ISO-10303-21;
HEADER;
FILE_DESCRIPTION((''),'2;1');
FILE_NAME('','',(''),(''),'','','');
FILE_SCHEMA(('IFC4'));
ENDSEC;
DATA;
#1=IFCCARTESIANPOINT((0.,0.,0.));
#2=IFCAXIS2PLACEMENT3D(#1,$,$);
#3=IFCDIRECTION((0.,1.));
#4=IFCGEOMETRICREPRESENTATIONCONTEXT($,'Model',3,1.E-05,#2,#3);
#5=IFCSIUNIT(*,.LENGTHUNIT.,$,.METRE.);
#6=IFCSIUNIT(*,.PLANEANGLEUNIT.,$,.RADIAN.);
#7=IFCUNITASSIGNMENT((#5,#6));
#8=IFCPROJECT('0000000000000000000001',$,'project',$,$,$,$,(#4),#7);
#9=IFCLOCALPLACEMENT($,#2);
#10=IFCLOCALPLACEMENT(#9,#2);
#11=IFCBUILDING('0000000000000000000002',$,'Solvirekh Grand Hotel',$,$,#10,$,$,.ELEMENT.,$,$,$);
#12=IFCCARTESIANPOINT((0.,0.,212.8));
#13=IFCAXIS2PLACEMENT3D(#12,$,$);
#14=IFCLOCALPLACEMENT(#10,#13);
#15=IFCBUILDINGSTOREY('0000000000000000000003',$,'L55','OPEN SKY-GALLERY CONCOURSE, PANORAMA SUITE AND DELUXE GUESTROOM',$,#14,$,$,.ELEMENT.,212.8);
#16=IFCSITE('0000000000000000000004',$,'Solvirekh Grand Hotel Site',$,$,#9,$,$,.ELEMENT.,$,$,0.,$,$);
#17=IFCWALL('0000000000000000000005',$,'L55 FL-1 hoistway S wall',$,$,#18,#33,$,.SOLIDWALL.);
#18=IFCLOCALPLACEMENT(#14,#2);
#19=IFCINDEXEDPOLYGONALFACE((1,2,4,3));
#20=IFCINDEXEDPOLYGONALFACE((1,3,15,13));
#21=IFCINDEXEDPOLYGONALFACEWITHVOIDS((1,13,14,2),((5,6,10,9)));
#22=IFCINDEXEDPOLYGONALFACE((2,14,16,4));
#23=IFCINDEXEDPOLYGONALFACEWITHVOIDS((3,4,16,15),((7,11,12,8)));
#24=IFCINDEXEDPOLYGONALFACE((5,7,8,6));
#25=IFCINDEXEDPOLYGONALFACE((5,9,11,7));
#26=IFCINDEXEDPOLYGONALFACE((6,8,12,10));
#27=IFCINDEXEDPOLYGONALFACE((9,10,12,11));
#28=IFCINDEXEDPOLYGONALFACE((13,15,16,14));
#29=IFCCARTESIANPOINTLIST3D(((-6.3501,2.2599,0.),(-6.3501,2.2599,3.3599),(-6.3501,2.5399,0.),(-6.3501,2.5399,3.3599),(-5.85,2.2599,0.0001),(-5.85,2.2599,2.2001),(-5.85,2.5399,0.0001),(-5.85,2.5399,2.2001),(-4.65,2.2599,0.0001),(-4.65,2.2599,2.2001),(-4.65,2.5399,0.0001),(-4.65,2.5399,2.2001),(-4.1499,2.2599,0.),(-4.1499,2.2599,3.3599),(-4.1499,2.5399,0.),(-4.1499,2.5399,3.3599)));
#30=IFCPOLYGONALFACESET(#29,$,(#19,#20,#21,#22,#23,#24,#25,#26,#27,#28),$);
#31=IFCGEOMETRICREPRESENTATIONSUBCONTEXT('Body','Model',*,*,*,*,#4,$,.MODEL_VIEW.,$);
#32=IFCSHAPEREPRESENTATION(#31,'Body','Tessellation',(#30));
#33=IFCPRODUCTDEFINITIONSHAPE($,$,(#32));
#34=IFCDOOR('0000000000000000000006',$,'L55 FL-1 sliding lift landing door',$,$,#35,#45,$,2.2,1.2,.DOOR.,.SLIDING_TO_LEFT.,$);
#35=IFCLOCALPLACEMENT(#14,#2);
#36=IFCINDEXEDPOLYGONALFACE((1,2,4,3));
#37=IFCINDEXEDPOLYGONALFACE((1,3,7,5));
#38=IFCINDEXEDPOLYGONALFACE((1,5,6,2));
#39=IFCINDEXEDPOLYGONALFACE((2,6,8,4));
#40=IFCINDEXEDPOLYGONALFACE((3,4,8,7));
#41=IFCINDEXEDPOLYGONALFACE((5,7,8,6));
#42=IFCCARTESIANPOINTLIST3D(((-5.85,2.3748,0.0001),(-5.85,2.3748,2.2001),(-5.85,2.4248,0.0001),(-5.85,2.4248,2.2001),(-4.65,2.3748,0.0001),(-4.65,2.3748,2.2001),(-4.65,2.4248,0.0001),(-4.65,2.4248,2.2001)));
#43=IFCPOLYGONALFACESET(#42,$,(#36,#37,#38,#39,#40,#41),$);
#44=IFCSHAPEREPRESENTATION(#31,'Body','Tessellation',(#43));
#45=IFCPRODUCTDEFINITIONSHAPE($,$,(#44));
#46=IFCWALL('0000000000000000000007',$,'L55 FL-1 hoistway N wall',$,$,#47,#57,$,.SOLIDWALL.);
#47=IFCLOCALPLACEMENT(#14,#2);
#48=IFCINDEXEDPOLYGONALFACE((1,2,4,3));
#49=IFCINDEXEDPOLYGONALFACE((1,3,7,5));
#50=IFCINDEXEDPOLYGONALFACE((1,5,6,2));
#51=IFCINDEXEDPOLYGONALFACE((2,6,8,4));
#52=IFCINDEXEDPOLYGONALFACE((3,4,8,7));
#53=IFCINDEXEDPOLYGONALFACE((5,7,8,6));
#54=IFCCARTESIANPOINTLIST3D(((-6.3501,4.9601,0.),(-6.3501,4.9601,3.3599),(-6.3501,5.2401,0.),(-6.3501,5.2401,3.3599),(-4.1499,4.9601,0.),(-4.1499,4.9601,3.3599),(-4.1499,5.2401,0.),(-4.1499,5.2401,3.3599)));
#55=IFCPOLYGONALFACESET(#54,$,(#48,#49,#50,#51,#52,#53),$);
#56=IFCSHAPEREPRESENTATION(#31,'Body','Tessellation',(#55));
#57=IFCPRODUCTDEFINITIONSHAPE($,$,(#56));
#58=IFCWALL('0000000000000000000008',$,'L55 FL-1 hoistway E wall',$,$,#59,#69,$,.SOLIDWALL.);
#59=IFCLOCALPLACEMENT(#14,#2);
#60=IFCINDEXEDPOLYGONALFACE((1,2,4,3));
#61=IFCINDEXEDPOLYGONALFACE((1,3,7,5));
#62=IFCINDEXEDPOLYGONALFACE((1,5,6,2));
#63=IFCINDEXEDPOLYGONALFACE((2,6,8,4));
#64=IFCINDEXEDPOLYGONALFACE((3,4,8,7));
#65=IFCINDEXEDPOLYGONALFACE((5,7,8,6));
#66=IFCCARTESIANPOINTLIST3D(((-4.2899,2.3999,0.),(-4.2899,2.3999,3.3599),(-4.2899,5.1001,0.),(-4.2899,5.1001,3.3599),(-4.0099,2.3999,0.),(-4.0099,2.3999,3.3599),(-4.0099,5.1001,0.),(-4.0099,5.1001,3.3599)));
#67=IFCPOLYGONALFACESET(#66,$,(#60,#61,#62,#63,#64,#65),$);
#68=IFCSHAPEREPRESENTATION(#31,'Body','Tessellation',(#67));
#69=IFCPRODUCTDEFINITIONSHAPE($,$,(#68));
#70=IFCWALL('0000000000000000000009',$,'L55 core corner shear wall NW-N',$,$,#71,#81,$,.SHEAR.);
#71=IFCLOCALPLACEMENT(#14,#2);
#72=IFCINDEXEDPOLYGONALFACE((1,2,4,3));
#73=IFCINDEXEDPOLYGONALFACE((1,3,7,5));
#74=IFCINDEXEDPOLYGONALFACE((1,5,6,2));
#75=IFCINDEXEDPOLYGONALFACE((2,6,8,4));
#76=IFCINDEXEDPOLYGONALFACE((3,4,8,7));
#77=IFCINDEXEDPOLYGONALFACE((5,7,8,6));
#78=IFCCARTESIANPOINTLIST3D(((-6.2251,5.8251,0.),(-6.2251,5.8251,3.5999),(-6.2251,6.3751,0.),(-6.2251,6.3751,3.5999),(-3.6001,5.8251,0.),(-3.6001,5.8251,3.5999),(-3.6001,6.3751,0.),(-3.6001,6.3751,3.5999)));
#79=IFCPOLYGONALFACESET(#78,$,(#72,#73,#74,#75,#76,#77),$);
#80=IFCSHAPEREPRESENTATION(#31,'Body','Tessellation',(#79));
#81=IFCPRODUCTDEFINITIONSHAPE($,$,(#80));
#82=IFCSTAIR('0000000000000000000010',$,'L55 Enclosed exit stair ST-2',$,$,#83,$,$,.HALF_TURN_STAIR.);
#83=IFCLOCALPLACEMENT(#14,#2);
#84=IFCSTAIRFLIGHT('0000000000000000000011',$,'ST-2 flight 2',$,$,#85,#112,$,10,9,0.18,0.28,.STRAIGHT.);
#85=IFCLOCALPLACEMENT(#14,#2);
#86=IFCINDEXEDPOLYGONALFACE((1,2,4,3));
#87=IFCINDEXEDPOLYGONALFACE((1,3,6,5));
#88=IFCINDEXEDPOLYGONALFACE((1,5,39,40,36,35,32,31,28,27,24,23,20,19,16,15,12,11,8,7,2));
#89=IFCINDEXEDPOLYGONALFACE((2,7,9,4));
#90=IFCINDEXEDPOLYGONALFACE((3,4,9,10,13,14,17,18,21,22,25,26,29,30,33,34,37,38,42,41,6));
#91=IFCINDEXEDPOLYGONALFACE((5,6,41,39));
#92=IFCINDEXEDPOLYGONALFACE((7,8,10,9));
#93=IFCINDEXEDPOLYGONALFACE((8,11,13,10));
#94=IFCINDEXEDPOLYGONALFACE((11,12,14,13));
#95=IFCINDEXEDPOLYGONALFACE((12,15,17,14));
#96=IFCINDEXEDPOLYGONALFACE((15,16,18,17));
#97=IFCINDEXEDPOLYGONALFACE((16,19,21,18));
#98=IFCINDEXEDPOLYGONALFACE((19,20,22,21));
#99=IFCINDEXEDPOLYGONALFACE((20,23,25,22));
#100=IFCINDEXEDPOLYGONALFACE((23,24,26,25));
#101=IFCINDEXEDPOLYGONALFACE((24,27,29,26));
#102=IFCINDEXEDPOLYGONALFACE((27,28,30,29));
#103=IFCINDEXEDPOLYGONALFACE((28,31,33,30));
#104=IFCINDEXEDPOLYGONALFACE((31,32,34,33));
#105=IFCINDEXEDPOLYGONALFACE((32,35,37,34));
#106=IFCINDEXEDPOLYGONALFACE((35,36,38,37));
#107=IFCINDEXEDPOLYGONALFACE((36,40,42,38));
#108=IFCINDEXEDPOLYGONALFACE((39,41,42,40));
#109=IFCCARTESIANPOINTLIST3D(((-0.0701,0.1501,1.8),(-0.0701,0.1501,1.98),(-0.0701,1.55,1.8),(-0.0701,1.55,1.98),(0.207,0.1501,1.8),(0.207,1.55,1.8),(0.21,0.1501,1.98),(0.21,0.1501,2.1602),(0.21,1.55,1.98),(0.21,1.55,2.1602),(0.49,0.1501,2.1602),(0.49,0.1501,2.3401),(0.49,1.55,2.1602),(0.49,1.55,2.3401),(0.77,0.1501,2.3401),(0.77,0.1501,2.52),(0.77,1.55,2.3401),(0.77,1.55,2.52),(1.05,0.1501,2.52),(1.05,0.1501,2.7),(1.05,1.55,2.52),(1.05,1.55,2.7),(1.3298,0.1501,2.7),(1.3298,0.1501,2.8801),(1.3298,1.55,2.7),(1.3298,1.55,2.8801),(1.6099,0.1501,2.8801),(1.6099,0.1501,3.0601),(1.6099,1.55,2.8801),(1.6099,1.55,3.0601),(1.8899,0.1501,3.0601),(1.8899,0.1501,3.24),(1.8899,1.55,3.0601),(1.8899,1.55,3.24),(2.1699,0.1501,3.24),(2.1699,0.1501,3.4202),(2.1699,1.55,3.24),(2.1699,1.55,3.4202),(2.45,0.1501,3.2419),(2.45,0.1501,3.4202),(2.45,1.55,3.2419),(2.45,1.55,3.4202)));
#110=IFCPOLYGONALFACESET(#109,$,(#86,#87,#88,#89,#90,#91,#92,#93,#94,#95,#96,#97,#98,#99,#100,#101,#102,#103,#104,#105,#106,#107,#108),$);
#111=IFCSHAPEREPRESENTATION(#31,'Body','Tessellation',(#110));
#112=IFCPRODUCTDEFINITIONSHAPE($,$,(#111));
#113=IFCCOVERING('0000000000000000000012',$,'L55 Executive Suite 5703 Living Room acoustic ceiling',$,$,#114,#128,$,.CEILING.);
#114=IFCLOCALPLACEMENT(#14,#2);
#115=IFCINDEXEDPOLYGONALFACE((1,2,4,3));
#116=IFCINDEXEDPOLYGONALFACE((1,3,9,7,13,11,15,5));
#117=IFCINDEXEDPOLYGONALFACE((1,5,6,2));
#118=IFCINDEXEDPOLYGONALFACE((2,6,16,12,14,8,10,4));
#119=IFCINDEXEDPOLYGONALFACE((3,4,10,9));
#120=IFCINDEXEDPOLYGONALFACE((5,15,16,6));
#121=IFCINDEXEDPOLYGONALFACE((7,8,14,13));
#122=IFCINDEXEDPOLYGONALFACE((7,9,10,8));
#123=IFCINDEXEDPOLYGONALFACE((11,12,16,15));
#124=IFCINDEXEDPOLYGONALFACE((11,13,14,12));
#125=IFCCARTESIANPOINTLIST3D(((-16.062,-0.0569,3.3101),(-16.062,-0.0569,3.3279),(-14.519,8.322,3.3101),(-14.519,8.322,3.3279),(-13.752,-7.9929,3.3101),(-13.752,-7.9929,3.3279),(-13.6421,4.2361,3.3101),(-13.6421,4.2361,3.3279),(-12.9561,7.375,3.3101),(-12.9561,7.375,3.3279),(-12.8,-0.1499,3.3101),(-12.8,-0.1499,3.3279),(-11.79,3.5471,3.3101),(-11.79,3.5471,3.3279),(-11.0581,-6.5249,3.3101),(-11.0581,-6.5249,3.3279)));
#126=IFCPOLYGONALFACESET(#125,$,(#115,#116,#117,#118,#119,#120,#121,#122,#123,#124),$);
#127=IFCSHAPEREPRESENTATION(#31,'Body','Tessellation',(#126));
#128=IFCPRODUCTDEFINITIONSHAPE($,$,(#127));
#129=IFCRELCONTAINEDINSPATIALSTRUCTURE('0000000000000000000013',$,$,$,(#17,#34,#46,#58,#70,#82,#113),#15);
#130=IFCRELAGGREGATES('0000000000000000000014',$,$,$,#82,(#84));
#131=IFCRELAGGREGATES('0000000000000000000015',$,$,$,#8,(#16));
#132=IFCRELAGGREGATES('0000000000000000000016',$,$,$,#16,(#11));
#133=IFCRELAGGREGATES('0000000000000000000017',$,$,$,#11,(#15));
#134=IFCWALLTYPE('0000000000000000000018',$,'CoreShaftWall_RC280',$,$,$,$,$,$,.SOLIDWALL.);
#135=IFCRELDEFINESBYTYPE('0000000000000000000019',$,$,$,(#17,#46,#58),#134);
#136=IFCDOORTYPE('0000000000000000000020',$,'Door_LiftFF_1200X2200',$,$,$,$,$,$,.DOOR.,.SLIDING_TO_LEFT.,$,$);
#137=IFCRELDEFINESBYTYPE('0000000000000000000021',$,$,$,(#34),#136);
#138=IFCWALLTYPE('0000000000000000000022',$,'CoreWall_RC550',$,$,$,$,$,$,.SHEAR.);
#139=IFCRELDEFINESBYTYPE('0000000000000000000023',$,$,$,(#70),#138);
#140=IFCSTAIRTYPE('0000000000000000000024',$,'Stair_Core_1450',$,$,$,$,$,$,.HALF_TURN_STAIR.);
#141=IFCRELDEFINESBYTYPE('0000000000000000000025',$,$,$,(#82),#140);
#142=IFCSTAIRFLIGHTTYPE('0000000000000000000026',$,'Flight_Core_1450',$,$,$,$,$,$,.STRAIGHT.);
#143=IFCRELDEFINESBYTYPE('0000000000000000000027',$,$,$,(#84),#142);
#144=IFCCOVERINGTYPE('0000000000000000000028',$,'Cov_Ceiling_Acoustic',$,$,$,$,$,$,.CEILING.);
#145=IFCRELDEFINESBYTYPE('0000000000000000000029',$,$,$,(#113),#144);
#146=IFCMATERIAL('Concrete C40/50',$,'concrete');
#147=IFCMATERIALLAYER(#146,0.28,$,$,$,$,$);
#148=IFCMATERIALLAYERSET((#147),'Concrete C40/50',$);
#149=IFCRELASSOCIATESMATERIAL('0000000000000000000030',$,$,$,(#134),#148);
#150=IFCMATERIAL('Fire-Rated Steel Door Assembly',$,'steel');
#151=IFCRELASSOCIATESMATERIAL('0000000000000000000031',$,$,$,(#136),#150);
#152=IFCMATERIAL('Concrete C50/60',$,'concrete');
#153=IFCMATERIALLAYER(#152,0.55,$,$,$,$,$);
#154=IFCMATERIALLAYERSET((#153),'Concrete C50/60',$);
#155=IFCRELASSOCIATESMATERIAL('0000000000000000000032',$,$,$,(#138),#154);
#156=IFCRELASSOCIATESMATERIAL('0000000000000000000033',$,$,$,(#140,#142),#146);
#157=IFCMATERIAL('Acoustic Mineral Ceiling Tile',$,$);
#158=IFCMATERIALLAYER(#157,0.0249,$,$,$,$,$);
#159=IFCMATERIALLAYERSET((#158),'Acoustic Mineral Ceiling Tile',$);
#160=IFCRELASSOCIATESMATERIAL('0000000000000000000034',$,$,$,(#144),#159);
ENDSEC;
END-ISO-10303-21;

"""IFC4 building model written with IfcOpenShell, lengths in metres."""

from ifc_helpers import new_model, si_unit, direction, frame, frame_2d, origin, place, context, subcontext, project, spatial, polyline, rectangle, outline, extrude, material, layer, layer_set, type_object, element, fill, aggregate, save


model = new_model("IFC4")

# Units and contexts
model_context = context("Model", 3, precision=1e-05, world=origin(), true_north=direction((0.0, 1.0)))
body_context = subcontext(model_context, "Body", "Model", "MODEL_VIEW")
ifc_project = project(units=[si_unit("LENGTHUNIT", "METRE"), si_unit("PLANEANGLEUNIT", "RADIAN")], contexts=[model_context])

# Site, building, storey
site_placement = place(None, origin())
site = spatial("IfcSite", under=ifc_project, at=site_placement, Name="Solvirekh Grand Hotel Site", CompositionType="ELEMENT", RefElevation=0.0)
building_placement = place(site_placement, origin())
building = spatial("IfcBuilding", under=site, at=building_placement, Name="Solvirekh Grand Hotel", CompositionType="ELEMENT")
storey_placement = place(building_placement, frame((0.0, 0.0, 212.8)))
storey = spatial("IfcBuildingStorey", under=building, at=storey_placement, Name="L55", Description="OPEN SKY-GALLERY CONCOURSE, PANORAMA SUITE AND DELUXE GUESTROOM", CompositionType="ELEMENT", Elevation=212.8)

# Shared definitions
ifc_material_1 = material(Name="Concrete C50/60", Category="concrete")

# Shared definitions
ifc_material_2 = material(Name="Concrete C40/50", Category="concrete")
ifc_layer_1 = layer(ifc_material_2, 0.28)
ifc_layer_set_1 = layer_set([ifc_layer_1], Name="Concrete C40/50")
wall_type_1 = type_object("IfcWallType", Name="CoreShaftWall_RC280", PredefinedType="SOLIDWALL", material=ifc_layer_set_1)
ifc_material_3 = material(Name="Fire-Rated Steel Door Assembly", Category="steel")

# Wall, opening, door
wall_1_placement = place(storey_placement, frame((-6.3501, 2.3999, 0.0), z_axis=(0.0, 0.0, 1.0), x_axis=(1.0, 0.0, 0.0)))
wall_1 = element("IfcWall", 1, at=wall_1_placement, inside=storey, type_object=wall_type_1, Name="L55 FL-1 hoistway S wall", PredefinedType="SOLIDWALL", context=body_context, shape_type="SweptSolid", body=[
    extrude(rectangle(XDim=2.2002, YDim=0.28, at=frame_2d((1.1001, 0.0))), origin(), (0.0, 0.0, 1.0), 3.3599),
])
opening_1_placement = place(wall_1_placement, frame((0.5, 0.0, 0.0)))
opening_1 = element("IfcOpeningElement", 2, at=opening_1_placement, cuts=wall_1, PredefinedType="OPENING", context=body_context, shape_type="SweptSolid", body=[
    extrude(rectangle(XDim=1.2, YDim=2.2, at=frame_2d((0.6001, 1.1001))), frame((0.0, 0.1499, 0.0), z_axis=(0.0, -1.0, 0.0), x_axis=(1.0, 0.0, 0.0)), (0.0, 0.0, 1.0), 0.3),
])
door_type_1 = type_object("IfcDoorType", Name="Door_LiftFF_1200X2200", OperationType="SLIDING_TO_LEFT", PredefinedType="DOOR", material=ifc_material_3)
door_1_placement = place(opening_1_placement, origin())
door_1 = element("IfcDoor", 3, at=door_1_placement, inside=storey, type_object=door_type_1, Name="L55 FL-1 sliding lift landing door", OperationType="SLIDING_TO_LEFT", OverallHeight=2.2, OverallWidth=1.2, PredefinedType="DOOR", context=body_context, shape_type="SweptSolid", body=[
    extrude(rectangle(XDim=1.2, YDim=2.2, at=frame_2d((0.6001, 1.1001))), frame((0.0, 0.0249, 0.0), z_axis=(0.0, -1.0, 0.0), x_axis=(1.0, 0.0, 0.0)), (0.0, 0.0, 1.0), 0.05),
])
fill(opening_1, door_1)

# Walls
wall_2_placement = place(storey_placement, frame((-4.1499, 5.1001, 0.0), z_axis=(0.0, 0.0, 1.0), x_axis=(-1.0, 0.0, 0.0)))
element("IfcWall", 4, at=wall_2_placement, inside=storey, type_object=wall_type_1, Name="L55 FL-1 hoistway N wall", PredefinedType="SOLIDWALL", context=body_context, shape_type="SweptSolid", body=[
    extrude(rectangle(XDim=2.2002, YDim=0.28, at=frame_2d((1.1001, 0.0))), origin(), (0.0, 0.0, 1.0), 3.3599),
])
wall_3_placement = place(storey_placement, frame((-4.1499, 2.3999, 0.0), z_axis=(0.0, 0.0, 1.0), x_axis=(0.0, 1.0, 0.0)))
element("IfcWall", 5, at=wall_3_placement, inside=storey, type_object=wall_type_1, Name="L55 FL-1 hoistway E wall", PredefinedType="SOLIDWALL", context=body_context, shape_type="SweptSolid", body=[
    extrude(rectangle(XDim=2.7002, YDim=0.28, at=frame_2d((1.3501, 0.0))), origin(), (0.0, 0.0, 1.0), 3.3599),
])
ifc_layer_2 = layer(ifc_material_1, 0.55)
ifc_layer_set_2 = layer_set([ifc_layer_2], Name="Concrete C50/60")
wall_type_2 = type_object("IfcWallType", Name="CoreWall_RC550", PredefinedType="SHEAR", material=ifc_layer_set_2)
wall_4_placement = place(storey_placement, frame((-6.2251, 6.1001, 0.0), z_axis=(0.0, 0.0, 1.0), x_axis=(1.0, 0.0, 0.0)))
element("IfcWall", 6, at=wall_4_placement, inside=storey, type_object=wall_type_2, Name="L55 core corner shear wall NW-N", PredefinedType="SHEAR", context=body_context, shape_type="SweptSolid", body=[
    extrude(rectangle(XDim=2.625, YDim=0.55, at=frame_2d((1.3125, 0.0))), origin(), (0.0, 0.0, 1.0), 3.5999),
])

# Stair, stair flight
stair_type = type_object("IfcStairType", Name="Stair_Core_1450", PredefinedType="HALF_TURN_STAIR", material=ifc_material_2)
stair_placement = place(storey_placement, origin())
stair = element("IfcStair", 7, at=stair_placement, inside=storey, type_object=stair_type, Name="L55 Enclosed exit stair ST-2", PredefinedType="HALF_TURN_STAIR")
stair_flight_type = type_object("IfcStairFlightType", Name="Flight_Core_1450", PredefinedType="STRAIGHT", material=ifc_material_2)
stair_flight_placement = place(storey_placement, frame((-0.0701, 0.8501, 1.8), z_axis=(0.0, 0.0, 1.0), x_axis=(1.0, 0.0, 0.0)))
stair_flight = element("IfcStairFlight", 8, at=stair_flight_placement, type_object=stair_flight_type, Name="ST-2 flight 2", NumberOfRisers=10, NumberOfTreads=9, PredefinedType="STRAIGHT", RiserHeight=0.18, TreadLength=0.28, context=body_context, shape_type="SweptSolid", body=[
    extrude(outline(polyline([(0.0, 0.0), (0.0, 0.1799), (0.28, 0.1799), (0.28, 0.3601), (0.5601, 0.3601), (0.5601, 0.54), (0.8401, 0.54), (0.8401, 0.72), (1.1201, 0.72), (1.1201, 0.8999), (1.3999, 0.8999), (1.3999, 1.0801), (1.6799, 1.0801), (1.6799, 1.26), (1.96, 1.26), (1.96, 1.4399), (2.24, 1.4399), (2.24, 1.6201), (2.52, 1.6201), (2.52, 1.8), (2.52, 1.4419), (0.2771, 0.0), (0.0, 0.0)])), frame((0.0, 0.7, 0.0), z_axis=(0.0, -1.0, 0.0), x_axis=(1.0, 0.0, 0.0)), (0.0, 0.0, 1.0), 1.3999),
])
aggregate(stair, [stair_flight])

# Covering
ifc_material_4 = material(Name="Acoustic Mineral Ceiling Tile")
ifc_layer_3 = layer(ifc_material_4, 0.0249)
ifc_layer_set_3 = layer_set([ifc_layer_3], Name="Acoustic Mineral Ceiling Tile")
covering_type = type_object("IfcCoveringType", Name="Cov_Ceiling_Acoustic", PredefinedType="CEILING", material=ifc_layer_set_3)
covering_placement = place(storey_placement, frame((0.0, 0.0, 3.3101)))
element("IfcCovering", 9, at=covering_placement, inside=storey, type_object=covering_type, Name="L55 Executive Suite 5703 Living Room acoustic ceiling", PredefinedType="CEILING", context=body_context, shape_type="SweptSolid", body=[
    extrude(outline(polyline([(-13.6421, 4.2361), (-12.9561, 7.375), (-14.519, 8.322), (-16.062, -0.0569), (-13.752, -7.9929), (-11.0581, -6.5249), (-12.8, -0.1499), (-11.79, 3.5471), (-13.6421, 4.2361)])), origin(), (0.0, 0.0, 1.0), 0.0178),
])

save(model, "model.ifc")
